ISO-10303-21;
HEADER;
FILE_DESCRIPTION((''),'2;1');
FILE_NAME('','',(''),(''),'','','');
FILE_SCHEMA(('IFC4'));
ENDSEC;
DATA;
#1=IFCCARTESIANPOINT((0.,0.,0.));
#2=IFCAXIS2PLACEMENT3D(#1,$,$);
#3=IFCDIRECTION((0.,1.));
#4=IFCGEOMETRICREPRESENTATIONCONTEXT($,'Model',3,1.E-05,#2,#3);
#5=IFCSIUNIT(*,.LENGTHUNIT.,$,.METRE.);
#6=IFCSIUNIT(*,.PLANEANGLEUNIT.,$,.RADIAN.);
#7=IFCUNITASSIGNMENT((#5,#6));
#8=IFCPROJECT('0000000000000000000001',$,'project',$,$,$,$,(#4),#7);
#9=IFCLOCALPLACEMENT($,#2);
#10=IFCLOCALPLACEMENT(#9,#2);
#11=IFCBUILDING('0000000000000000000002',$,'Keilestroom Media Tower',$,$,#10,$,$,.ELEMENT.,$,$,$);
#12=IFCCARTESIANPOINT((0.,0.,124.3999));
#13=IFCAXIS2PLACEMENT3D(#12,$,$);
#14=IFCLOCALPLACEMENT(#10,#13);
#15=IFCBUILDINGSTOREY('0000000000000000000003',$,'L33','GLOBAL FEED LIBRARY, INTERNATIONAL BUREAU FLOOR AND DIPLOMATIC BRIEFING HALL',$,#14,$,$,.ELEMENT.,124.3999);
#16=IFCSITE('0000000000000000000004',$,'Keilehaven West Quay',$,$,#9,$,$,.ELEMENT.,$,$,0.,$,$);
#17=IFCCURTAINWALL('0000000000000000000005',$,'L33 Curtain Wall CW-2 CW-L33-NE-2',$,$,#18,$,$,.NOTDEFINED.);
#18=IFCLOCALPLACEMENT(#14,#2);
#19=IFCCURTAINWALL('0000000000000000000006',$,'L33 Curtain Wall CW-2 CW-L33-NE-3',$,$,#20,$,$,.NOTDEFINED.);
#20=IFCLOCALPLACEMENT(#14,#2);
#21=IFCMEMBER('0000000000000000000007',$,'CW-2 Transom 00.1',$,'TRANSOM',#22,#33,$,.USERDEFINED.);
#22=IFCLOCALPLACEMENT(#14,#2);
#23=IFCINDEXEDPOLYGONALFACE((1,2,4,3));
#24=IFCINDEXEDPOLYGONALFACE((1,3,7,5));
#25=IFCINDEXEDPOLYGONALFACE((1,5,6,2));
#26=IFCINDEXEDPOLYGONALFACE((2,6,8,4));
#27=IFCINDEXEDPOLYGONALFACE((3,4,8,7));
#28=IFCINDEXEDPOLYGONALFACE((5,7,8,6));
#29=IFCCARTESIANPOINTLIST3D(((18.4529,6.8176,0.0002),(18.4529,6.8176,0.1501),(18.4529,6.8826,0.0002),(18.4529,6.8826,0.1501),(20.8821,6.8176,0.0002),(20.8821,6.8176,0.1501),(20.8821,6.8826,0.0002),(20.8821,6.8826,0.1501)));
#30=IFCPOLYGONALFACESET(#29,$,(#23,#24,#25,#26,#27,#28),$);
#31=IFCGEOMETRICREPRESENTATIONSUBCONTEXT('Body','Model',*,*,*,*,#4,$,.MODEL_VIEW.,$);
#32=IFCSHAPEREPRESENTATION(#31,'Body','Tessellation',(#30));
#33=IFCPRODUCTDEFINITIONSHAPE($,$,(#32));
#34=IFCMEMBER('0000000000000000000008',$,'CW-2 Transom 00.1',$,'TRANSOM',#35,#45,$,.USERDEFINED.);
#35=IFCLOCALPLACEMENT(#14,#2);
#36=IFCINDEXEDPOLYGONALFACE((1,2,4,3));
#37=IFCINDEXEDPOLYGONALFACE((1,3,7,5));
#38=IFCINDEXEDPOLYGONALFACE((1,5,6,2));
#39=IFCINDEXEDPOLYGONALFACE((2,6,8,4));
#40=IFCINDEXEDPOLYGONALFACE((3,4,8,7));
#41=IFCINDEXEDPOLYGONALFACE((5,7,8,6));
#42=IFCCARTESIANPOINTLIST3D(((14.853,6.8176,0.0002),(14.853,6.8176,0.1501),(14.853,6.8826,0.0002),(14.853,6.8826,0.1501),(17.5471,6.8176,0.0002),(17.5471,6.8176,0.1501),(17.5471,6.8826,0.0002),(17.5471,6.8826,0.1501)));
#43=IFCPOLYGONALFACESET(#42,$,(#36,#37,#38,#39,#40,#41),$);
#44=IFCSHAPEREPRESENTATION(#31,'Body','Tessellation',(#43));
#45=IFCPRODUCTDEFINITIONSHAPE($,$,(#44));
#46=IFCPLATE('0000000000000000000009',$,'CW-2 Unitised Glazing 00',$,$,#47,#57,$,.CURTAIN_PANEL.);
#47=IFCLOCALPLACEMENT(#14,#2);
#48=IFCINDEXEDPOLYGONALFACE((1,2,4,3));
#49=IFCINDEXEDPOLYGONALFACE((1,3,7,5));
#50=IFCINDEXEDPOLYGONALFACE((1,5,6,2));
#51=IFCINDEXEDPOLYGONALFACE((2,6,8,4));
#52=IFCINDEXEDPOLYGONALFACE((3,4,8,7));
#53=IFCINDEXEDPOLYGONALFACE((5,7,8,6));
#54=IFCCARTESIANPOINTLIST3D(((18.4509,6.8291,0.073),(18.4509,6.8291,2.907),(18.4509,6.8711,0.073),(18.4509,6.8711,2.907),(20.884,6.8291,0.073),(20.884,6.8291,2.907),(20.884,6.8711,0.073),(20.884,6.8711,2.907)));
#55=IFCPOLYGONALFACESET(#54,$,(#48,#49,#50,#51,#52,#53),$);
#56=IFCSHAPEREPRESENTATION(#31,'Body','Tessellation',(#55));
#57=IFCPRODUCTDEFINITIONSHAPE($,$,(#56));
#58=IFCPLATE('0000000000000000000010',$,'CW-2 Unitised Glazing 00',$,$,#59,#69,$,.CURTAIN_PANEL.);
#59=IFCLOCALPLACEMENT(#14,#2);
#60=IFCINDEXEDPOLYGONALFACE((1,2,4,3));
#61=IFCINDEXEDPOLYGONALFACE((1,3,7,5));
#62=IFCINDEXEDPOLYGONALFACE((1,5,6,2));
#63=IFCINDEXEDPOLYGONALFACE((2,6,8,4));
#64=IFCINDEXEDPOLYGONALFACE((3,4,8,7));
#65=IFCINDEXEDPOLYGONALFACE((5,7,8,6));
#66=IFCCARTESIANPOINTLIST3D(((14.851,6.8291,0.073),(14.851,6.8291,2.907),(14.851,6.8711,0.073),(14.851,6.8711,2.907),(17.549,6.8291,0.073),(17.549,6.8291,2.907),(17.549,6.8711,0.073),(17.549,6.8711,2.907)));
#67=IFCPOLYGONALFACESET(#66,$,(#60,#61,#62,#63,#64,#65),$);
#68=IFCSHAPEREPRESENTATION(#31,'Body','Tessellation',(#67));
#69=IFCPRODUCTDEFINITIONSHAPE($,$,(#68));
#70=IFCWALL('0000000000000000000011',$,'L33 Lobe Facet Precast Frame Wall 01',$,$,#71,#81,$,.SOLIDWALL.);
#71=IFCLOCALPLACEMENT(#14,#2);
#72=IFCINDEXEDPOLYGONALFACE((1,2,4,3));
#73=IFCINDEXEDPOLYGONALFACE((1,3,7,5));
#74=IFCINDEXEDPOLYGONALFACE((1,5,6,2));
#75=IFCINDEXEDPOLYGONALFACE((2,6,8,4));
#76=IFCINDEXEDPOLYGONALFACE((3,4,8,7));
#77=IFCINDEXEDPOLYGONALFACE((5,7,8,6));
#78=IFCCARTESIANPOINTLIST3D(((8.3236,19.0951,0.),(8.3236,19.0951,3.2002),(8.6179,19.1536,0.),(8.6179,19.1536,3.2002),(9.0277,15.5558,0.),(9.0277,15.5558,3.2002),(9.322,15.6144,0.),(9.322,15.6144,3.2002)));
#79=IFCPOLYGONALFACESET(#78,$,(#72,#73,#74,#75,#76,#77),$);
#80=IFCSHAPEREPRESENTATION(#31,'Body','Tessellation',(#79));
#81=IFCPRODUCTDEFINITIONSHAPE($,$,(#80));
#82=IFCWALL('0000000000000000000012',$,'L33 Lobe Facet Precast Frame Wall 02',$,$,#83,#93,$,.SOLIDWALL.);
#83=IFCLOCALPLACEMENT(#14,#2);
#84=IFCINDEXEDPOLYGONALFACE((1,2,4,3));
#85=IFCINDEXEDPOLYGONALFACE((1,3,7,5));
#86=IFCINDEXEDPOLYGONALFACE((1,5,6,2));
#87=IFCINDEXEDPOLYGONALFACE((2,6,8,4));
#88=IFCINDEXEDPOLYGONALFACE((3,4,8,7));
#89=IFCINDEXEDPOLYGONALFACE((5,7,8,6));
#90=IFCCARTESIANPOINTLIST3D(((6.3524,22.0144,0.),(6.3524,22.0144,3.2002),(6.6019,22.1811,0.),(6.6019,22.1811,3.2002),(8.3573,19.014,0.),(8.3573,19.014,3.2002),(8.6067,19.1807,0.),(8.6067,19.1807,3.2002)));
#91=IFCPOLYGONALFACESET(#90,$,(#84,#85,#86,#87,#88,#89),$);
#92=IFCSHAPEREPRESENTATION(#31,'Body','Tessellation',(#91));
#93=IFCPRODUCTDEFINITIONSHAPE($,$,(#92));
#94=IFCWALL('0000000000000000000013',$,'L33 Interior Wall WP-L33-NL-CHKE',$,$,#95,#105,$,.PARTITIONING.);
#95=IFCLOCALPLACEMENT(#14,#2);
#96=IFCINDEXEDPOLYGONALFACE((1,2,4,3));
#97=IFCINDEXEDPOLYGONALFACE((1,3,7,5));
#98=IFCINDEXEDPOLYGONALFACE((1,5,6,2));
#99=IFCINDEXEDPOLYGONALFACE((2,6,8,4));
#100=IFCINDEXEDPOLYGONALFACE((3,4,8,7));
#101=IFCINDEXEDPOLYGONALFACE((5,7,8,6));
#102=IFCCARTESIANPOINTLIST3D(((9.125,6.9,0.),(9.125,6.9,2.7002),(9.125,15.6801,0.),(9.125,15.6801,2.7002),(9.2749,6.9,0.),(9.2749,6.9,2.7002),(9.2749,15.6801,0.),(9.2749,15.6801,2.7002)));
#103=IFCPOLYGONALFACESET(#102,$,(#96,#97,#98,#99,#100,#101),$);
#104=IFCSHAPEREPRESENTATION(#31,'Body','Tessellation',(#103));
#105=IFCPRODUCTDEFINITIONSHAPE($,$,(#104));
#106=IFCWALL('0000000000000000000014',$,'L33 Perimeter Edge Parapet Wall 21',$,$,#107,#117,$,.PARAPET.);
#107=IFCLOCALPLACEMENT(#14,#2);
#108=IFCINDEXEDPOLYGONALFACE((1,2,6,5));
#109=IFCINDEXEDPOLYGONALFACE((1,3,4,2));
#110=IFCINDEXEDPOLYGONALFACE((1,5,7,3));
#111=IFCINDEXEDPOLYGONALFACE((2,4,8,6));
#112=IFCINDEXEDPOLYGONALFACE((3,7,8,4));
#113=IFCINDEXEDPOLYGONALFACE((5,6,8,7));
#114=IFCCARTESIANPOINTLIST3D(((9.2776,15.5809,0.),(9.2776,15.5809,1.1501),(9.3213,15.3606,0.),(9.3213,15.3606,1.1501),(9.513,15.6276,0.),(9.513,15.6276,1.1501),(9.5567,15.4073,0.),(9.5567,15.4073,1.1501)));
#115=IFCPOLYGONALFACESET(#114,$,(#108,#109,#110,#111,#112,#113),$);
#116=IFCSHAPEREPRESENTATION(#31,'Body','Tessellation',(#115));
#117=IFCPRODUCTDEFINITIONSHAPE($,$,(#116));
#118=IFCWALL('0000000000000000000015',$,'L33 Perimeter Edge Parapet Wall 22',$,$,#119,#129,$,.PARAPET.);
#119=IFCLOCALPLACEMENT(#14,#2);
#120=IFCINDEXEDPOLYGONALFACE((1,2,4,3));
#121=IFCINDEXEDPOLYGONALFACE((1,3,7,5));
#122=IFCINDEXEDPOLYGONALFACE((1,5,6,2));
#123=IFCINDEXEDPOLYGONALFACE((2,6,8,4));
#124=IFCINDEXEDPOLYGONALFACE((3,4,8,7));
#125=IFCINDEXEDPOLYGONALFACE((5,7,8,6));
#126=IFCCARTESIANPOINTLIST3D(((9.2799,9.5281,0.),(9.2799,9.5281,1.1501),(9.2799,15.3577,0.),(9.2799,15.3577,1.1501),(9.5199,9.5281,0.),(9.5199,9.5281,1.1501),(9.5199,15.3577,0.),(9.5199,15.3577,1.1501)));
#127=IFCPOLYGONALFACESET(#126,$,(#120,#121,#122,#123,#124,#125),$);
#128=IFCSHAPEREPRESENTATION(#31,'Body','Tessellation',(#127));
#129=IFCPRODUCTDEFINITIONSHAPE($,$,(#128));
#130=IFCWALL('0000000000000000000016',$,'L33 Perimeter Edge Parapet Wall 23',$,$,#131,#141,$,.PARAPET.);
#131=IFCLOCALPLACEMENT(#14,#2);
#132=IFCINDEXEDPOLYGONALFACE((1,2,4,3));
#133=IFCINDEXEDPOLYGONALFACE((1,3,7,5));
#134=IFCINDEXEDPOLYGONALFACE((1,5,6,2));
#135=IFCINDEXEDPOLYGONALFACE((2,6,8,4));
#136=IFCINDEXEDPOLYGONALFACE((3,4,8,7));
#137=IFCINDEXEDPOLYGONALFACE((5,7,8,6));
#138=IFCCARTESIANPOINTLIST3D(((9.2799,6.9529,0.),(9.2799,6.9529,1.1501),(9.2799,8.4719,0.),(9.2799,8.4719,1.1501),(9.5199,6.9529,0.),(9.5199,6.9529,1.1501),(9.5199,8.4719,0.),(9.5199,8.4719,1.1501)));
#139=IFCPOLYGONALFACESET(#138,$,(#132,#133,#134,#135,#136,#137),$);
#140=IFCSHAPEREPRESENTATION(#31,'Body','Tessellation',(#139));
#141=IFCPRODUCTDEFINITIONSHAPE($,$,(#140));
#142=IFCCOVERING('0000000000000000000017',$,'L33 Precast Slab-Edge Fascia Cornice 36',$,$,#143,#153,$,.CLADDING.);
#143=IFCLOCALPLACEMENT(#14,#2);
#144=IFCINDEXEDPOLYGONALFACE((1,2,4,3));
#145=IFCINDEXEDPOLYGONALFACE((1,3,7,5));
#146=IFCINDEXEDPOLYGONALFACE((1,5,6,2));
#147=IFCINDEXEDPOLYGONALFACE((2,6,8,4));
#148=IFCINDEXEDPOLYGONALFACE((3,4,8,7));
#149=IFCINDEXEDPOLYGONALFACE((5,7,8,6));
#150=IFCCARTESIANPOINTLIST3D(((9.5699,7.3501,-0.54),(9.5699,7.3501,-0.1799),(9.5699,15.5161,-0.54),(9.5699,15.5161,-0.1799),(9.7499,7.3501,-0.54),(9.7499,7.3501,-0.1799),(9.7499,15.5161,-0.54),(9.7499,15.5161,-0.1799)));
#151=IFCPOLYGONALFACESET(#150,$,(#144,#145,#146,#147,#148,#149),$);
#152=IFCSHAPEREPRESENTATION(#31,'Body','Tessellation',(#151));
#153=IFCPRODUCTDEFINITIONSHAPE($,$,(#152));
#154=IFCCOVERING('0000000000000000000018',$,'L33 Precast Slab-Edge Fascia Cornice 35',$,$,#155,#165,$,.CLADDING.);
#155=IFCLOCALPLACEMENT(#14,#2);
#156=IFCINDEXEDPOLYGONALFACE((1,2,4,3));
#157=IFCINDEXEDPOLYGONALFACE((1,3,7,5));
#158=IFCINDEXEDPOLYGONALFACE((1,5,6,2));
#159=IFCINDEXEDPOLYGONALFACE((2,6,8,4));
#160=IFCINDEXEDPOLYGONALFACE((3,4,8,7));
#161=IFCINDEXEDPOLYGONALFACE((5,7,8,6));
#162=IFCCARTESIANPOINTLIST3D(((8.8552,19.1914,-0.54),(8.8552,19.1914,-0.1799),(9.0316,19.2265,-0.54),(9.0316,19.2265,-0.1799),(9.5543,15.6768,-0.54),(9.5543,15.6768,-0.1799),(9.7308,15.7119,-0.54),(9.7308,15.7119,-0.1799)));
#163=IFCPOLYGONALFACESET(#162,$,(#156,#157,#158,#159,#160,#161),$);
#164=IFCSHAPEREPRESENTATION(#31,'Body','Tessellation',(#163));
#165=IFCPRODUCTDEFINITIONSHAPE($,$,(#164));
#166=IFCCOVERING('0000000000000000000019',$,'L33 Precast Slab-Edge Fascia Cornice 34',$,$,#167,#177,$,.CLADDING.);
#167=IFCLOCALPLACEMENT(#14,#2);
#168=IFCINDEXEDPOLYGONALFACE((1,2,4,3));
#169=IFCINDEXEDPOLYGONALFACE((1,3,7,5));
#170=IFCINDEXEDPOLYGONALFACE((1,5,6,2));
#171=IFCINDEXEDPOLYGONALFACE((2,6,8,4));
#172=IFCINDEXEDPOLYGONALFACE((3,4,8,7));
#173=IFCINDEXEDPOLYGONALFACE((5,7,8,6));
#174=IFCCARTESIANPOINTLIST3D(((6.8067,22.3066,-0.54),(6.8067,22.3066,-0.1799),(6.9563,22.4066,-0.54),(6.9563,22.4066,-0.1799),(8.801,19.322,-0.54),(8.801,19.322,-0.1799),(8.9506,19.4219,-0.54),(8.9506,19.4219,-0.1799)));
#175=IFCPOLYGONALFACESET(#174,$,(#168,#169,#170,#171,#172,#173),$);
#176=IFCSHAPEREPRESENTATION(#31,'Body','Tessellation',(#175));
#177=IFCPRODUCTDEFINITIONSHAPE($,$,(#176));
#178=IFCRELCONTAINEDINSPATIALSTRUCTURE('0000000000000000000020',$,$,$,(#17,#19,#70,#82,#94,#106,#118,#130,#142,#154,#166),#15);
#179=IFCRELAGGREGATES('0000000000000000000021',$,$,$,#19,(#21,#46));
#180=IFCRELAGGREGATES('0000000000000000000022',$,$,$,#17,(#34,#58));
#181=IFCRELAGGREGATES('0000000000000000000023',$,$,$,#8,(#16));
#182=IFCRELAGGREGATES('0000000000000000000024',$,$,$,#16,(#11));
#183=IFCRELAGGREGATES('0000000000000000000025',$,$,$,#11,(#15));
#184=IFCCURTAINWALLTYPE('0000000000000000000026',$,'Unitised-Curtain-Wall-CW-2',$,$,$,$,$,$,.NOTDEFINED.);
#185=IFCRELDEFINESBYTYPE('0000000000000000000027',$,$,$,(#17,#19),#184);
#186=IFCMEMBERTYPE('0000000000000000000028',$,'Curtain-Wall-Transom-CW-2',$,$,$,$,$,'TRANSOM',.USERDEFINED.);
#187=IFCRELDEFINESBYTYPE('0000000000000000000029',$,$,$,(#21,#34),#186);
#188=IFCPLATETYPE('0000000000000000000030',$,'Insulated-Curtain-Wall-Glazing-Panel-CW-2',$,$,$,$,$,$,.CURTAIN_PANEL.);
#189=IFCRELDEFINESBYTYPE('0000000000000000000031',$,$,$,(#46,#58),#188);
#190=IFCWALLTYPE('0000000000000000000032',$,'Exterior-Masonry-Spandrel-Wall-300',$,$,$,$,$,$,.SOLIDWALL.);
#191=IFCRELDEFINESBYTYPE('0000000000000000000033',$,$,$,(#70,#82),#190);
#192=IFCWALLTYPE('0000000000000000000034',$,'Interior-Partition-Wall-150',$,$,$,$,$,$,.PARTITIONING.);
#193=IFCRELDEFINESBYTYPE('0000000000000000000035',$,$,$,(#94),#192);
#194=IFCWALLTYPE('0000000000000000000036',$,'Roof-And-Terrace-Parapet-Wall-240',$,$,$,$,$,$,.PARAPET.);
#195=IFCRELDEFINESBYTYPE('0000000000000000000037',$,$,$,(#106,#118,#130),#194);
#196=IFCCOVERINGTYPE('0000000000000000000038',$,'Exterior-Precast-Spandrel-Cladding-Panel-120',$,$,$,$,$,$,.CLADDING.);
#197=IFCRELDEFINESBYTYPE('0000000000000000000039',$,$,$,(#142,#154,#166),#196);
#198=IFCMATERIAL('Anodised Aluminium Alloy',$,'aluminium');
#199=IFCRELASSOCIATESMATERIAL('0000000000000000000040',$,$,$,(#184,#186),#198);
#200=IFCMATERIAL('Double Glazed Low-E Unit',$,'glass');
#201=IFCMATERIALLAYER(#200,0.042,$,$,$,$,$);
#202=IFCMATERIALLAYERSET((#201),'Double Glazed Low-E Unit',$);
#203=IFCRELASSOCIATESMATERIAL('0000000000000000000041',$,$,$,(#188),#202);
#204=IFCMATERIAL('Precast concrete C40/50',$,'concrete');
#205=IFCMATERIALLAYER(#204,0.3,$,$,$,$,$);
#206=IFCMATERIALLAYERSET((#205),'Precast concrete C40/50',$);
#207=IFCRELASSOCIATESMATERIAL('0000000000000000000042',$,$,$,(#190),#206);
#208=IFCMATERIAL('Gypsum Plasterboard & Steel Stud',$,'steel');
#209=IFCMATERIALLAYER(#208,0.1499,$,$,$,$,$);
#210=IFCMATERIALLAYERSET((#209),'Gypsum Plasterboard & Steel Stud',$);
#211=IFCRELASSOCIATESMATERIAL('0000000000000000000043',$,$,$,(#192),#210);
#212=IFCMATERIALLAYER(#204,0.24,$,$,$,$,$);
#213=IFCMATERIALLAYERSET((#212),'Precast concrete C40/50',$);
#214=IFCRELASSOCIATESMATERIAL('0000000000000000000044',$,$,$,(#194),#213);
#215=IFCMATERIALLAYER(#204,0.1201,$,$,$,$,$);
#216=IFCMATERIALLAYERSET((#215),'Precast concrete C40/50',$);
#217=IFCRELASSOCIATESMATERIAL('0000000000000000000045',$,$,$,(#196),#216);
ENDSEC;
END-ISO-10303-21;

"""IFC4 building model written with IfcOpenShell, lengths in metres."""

from ifc_helpers import new_model, si_unit, direction, frame, frame_2d, origin, origin_2d, place, context, subcontext, project, spatial, rectangle, extrude, source, transform, mapped, material, layer, layer_set, material_profile, profile_set, type_object, element, aggregate, save


model = new_model("IFC4")

# Units and contexts
model_context = context("Model", 3, precision=1e-05, world=origin(), true_north=direction((0.0, 1.0)))
body_context = subcontext(model_context, "Body", "Model", "MODEL_VIEW")
ifc_project = project(units=[si_unit("LENGTHUNIT", "METRE"), si_unit("PLANEANGLEUNIT", "RADIAN")], contexts=[model_context])

# Site, building, storey
site_placement = place(None, origin())
site = spatial("IfcSite", under=ifc_project, at=site_placement, Name="Keilehaven West Quay", CompositionType="ELEMENT", RefElevation=0.0)
building_placement = place(site_placement, origin())
building = spatial("IfcBuilding", under=site, at=building_placement, Name="Keilestroom Media Tower", CompositionType="ELEMENT")
storey_placement = place(building_placement, frame((0.0, 0.0, 124.3999)))
storey = spatial("IfcBuildingStorey", under=building, at=storey_placement, Name="L33", Description="GLOBAL FEED LIBRARY, INTERNATIONAL BUREAU FLOOR AND DIPLOMATIC BRIEFING HALL", CompositionType="ELEMENT", Elevation=124.3999)

# Shared definitions
ifc_material_1 = material(Name="Precast concrete C40/50", Category="concrete")

# Shared definitions
ifc_material_2 = material(Name="Anodised Aluminium Alloy", Category="aluminium")
curtain_wall_type = type_object("IfcCurtainWallType", Name="Unitised-Curtain-Wall-CW-2", PredefinedType="NOTDEFINED", material=ifc_material_2)

# Curtain walls, member
curtain_wall_1_placement = place(storey_placement, origin())
curtain_wall_1 = element("IfcCurtainWall", 1, at=curtain_wall_1_placement, inside=storey, type_object=curtain_wall_type, Name="L33 Curtain Wall CW-2 CW-L33-NE-2", PredefinedType="NOTDEFINED")
curtain_wall_2_placement = place(storey_placement, origin())
curtain_wall_2 = element("IfcCurtainWall", 2, at=curtain_wall_2_placement, inside=storey, type_object=curtain_wall_type, Name="L33 Curtain Wall CW-2 CW-L33-NE-3", PredefinedType="NOTDEFINED")
ifc_material_profile_1 = material_profile(ifc_material_2, rectangle(XDim=0.0649, YDim=0.1499, at=origin_2d()), Name="ALU TRANSOM 65x150")
ifc_profile_set_1 = profile_set([ifc_material_profile_1], Name="Anodised Aluminium Alloy")
member_type_1 = type_object("IfcMemberType", Name="Curtain-Wall-Transom-CW-2", ElementType="TRANSOM", PredefinedType="USERDEFINED", material=ifc_profile_set_1)
shared_shape_1 = source(origin(), body_context, "Body", "SweptSolid", [
    extrude(rectangle(XDim=0.0649, YDim=0.1499, at=origin_2d()), origin(), (0.0, 0.0, 1.0), 2.4292),
])
member_1_placement = place(storey_placement, frame((18.4529, 6.8501, 0.0752), z_axis=(1.0, 0.0, 0.0), x_axis=(0.0, 1.0, 0.0)))
member_1 = element("IfcMember", 3, at=member_1_placement, type_object=member_type_1, Name="CW-2 Transom 00.1", ObjectType="TRANSOM", PredefinedType="USERDEFINED", context=body_context, shape_type="MappedRepresentation", body=[
    mapped(shared_shape_1, transform((0.0, 0.0, 0.0), x_axis=(1.0, 0.0, 0.0), y_axis=(0.0, 1.0, 0.0), z_axis=(0.0, 0.0, 1.0), scale=1.0)),
])

# Member
shared_shape_2 = source(origin(), body_context, "Body", "SweptSolid", [
    extrude(rectangle(XDim=0.0649, YDim=0.1499, at=origin_2d()), origin(), (0.0, 0.0, 1.0), 2.6941),
])
member_2_placement = place(storey_placement, frame((14.853, 6.8501, 0.0752), z_axis=(1.0, 0.0, 0.0), x_axis=(0.0, 1.0, 0.0)))
member_2 = element("IfcMember", 4, at=member_2_placement, type_object=member_type_1, Name="CW-2 Transom 00.1", ObjectType="TRANSOM", PredefinedType="USERDEFINED", context=body_context, shape_type="MappedRepresentation", body=[
    mapped(shared_shape_2, transform((0.0, 0.0, 0.0), x_axis=(1.0, 0.0, 0.0), y_axis=(0.0, 1.0, 0.0), z_axis=(0.0, 0.0, 1.0), scale=1.0)),
])

# Plates
ifc_material_3 = material(Name="Double Glazed Low-E Unit", Category="glass")
ifc_layer_1 = layer(ifc_material_3, 0.042)
ifc_layer_set_1 = layer_set([ifc_layer_1], Name="Double Glazed Low-E Unit")
plate_type = type_object("IfcPlateType", Name="Insulated-Curtain-Wall-Glazing-Panel-CW-2", PredefinedType="CURTAIN_PANEL", material=ifc_layer_set_1)
shared_shape_3 = source(origin(), body_context, "Body", "SweptSolid", [
    extrude(rectangle(XDim=2.4331, YDim=0.042, at=origin_2d()), origin(), (0.0, 0.0, 1.0), 2.834),
])
plate_1_placement = place(storey_placement, frame((19.6675, 6.8501, 0.073), z_axis=(0.0, 0.0, 1.0), x_axis=(1.0, 0.0, 0.0)))
plate_1 = element("IfcPlate", 5, at=plate_1_placement, type_object=plate_type, Name="CW-2 Unitised Glazing 00", PredefinedType="CURTAIN_PANEL", context=body_context, shape_type="MappedRepresentation", body=[
    mapped(shared_shape_3, transform((0.0, 0.0, 0.0), x_axis=(1.0, 0.0, 0.0), y_axis=(0.0, 1.0, 0.0), z_axis=(0.0, 0.0, 1.0), scale=1.0)),
])
aggregate(curtain_wall_2, [member_1, plate_1])
shared_shape_4 = source(origin(), body_context, "Body", "SweptSolid", [
    extrude(rectangle(XDim=2.698, YDim=0.042, at=origin_2d()), origin(), (0.0, 0.0, 1.0), 2.834),
])
plate_2_placement = place(storey_placement, frame((16.2, 6.8501, 0.073), z_axis=(0.0, 0.0, 1.0), x_axis=(1.0, 0.0, 0.0)))
plate_2 = element("IfcPlate", 6, at=plate_2_placement, type_object=plate_type, Name="CW-2 Unitised Glazing 00", PredefinedType="CURTAIN_PANEL", context=body_context, shape_type="MappedRepresentation", body=[
    mapped(shared_shape_4, transform((0.0, 0.0, 0.0), x_axis=(1.0, 0.0, 0.0), y_axis=(0.0, 1.0, 0.0), z_axis=(0.0, 0.0, 1.0), scale=1.0)),
])
aggregate(curtain_wall_1, [member_2, plate_2])

# Walls
ifc_layer_2 = layer(ifc_material_1, 0.3)
ifc_layer_set_2 = layer_set([ifc_layer_2], Name="Precast concrete C40/50")
wall_type_1 = type_object("IfcWallType", Name="Exterior-Masonry-Spandrel-Wall-300", PredefinedType="SOLIDWALL", material=ifc_layer_set_2)
for number, where, z_axis, x_axis, name in (
    (7, (9.1748, 15.5852, 0.0), (0.0, 0.0, 1.0), (-0.195114, 0.980781, 0.0), "L33 Lobe Facet Precast Frame Wall 01"),
    (8, (8.4819, 19.0974, 0.0), (0.0, 0.0, 1.0), (-0.555574, 0.831467, 0.0), "L33 Lobe Facet Precast Frame Wall 02"),
):
    element("IfcWall", number, at=place(storey_placement, frame(where, z_axis=z_axis, x_axis=x_axis)), inside=storey, type_object=wall_type_1, Name=name, PredefinedType="SOLIDWALL", context=body_context, shape_type="SweptSolid", body=[
        extrude(rectangle(XDim=3.6086, YDim=0.3, at=frame_2d((1.8042, 0.0))), origin(), (0.0, 0.0, 1.0), 3.2002),
    ])
ifc_material_4 = material(Name="Gypsum Plasterboard & Steel Stud", Category="steel")
ifc_layer_3 = layer(ifc_material_4, 0.1499)
ifc_layer_set_3 = layer_set([ifc_layer_3], Name="Gypsum Plasterboard & Steel Stud")
wall_type_2 = type_object("IfcWallType", Name="Interior-Partition-Wall-150", PredefinedType="PARTITIONING", material=ifc_layer_set_3)
wall_1_placement = place(storey_placement, frame((9.2, 6.8999, 0.0), z_axis=(0.0, 0.0, 1.0), x_axis=(0.0, 1.0, 0.0)))
element("IfcWall", 9, at=wall_1_placement, inside=storey, type_object=wall_type_2, Name="L33 Interior Wall WP-L33-NL-CHKE", PredefinedType="PARTITIONING", context=body_context, shape_type="SweptSolid", body=[
    extrude(rectangle(XDim=8.78, YDim=0.1499, at=frame_2d((4.3901, 0.0))), origin(), (0.0, 0.0, 1.0), 2.7002),
])
ifc_layer_4 = layer(ifc_material_1, 0.24)
ifc_layer_set_4 = layer_set([ifc_layer_4], Name="Precast concrete C40/50")
wall_type_3 = type_object("IfcWallType", Name="Roof-And-Terrace-Parapet-Wall-240", PredefinedType="PARAPET", material=ifc_layer_set_4)
wall_2_placement = place(storey_placement, frame((9.3953, 15.6042, 0.0), z_axis=(0.0, 0.0, 1.0), x_axis=(0.194652, -0.980872, 0.0)))
element("IfcWall", 10, at=wall_2_placement, inside=storey, type_object=wall_type_3, Name="L33 Perimeter Edge Parapet Wall 21", PredefinedType="PARAPET", context=body_context, shape_type="SweptSolid", body=[
    extrude(rectangle(XDim=0.2246, YDim=0.24, at=frame_2d((0.1123, 0.0))), origin(), (0.0, 0.0, 1.0), 1.1501),
])
wall_3_placement = place(storey_placement, frame((9.3999, 15.3577, 0.0), z_axis=(0.0, 0.0, 1.0), x_axis=(0.0, -1.0, 0.0)))
element("IfcWall", 11, at=wall_3_placement, inside=storey, type_object=wall_type_3, Name="L33 Perimeter Edge Parapet Wall 22", PredefinedType="PARAPET", context=body_context, shape_type="SweptSolid", body=[
    extrude(rectangle(XDim=5.8296, YDim=0.24, at=frame_2d((2.9148, 0.0))), origin(), (0.0, 0.0, 1.0), 1.1501),
])
wall_4_placement = place(storey_placement, frame((9.3999, 8.4719, 0.0), z_axis=(0.0, 0.0, 1.0), x_axis=(0.0, -1.0, 0.0)))
element("IfcWall", 12, at=wall_4_placement, inside=storey, type_object=wall_type_3, Name="L33 Perimeter Edge Parapet Wall 23", PredefinedType="PARAPET", context=body_context, shape_type="SweptSolid", body=[
    extrude(rectangle(XDim=1.519, YDim=0.24, at=frame_2d((0.7595, 0.0))), origin(), (0.0, 0.0, 1.0), 1.1501),
])

# Coverings
ifc_layer_5 = layer(ifc_material_1, 0.1201)
ifc_layer_set_5 = layer_set([ifc_layer_5], Name="Precast concrete C40/50")
covering_type = type_object("IfcCoveringType", Name="Exterior-Precast-Spandrel-Cladding-Panel-120", PredefinedType="CLADDING", material=ifc_layer_set_5)
shared_shape_5 = source(origin(), body_context, "Body", "SweptSolid", [
    extrude(rectangle(XDim=8.166, YDim=0.1799, at=origin_2d()), origin(), (0.0, 0.0, 1.0), 0.3601),
])
covering_1_placement = place(storey_placement, frame((9.6599, 11.4331, -0.54), z_axis=(0.0, 0.0, 1.0), x_axis=(0.0, -1.0, 0.0)))
element("IfcCovering", 13, at=covering_1_placement, inside=storey, type_object=covering_type, Name="L33 Precast Slab-Edge Fascia Cornice 36", PredefinedType="CLADDING", context=body_context, shape_type="MappedRepresentation", body=[
    mapped(shared_shape_5, transform((0.0, 0.0, 0.0), x_axis=(1.0, 0.0, 0.0), y_axis=(0.0, 1.0, 0.0), z_axis=(0.0, 0.0, 1.0), scale=1.0)),
])
shared_shape_6 = source(origin(), body_context, "Body", "SweptSolid", [
    extrude(rectangle(XDim=3.5835, YDim=0.1799, at=origin_2d()), origin(), (0.0, 0.0, 1.0), 0.3601),
])
covering_2_placement = place(storey_placement, frame((9.293, 17.4517, -0.54), z_axis=(0.0, 0.0, 1.0), x_axis=(0.195099, -0.980784, 0.0)))
element("IfcCovering", 14, at=covering_2_placement, inside=storey, type_object=covering_type, Name="L33 Precast Slab-Edge Fascia Cornice 35", PredefinedType="CLADDING", context=body_context, shape_type="MappedRepresentation", body=[
    mapped(shared_shape_6, transform((0.0, 0.0, 0.0), x_axis=(1.0, 0.0, 0.0), y_axis=(0.0, 1.0, 0.0), z_axis=(0.0, 0.0, 1.0), scale=1.0)),
])
shared_shape_7 = source(origin(), body_context, "Body", "SweptSolid", [
    extrude(rectangle(XDim=3.5896, YDim=0.1799, at=origin_2d()), origin(), (0.0, 0.0, 1.0), 0.3601),
])
covering_3_placement = place(storey_placement, frame((7.8787, 20.8643, -0.54), z_axis=(0.0, 0.0, 1.0), x_axis=(0.555575, -0.831467, 0.0)))
element("IfcCovering", 15, at=covering_3_placement, inside=storey, type_object=covering_type, Name="L33 Precast Slab-Edge Fascia Cornice 34", PredefinedType="CLADDING", context=body_context, shape_type="MappedRepresentation", body=[
    mapped(shared_shape_7, transform((0.0, 0.0, 0.0), x_axis=(1.0, 0.0, 0.0), y_axis=(0.0, 1.0, 0.0), z_axis=(0.0, 0.0, 1.0), scale=1.0)),
])

save(model, "model.ifc")
